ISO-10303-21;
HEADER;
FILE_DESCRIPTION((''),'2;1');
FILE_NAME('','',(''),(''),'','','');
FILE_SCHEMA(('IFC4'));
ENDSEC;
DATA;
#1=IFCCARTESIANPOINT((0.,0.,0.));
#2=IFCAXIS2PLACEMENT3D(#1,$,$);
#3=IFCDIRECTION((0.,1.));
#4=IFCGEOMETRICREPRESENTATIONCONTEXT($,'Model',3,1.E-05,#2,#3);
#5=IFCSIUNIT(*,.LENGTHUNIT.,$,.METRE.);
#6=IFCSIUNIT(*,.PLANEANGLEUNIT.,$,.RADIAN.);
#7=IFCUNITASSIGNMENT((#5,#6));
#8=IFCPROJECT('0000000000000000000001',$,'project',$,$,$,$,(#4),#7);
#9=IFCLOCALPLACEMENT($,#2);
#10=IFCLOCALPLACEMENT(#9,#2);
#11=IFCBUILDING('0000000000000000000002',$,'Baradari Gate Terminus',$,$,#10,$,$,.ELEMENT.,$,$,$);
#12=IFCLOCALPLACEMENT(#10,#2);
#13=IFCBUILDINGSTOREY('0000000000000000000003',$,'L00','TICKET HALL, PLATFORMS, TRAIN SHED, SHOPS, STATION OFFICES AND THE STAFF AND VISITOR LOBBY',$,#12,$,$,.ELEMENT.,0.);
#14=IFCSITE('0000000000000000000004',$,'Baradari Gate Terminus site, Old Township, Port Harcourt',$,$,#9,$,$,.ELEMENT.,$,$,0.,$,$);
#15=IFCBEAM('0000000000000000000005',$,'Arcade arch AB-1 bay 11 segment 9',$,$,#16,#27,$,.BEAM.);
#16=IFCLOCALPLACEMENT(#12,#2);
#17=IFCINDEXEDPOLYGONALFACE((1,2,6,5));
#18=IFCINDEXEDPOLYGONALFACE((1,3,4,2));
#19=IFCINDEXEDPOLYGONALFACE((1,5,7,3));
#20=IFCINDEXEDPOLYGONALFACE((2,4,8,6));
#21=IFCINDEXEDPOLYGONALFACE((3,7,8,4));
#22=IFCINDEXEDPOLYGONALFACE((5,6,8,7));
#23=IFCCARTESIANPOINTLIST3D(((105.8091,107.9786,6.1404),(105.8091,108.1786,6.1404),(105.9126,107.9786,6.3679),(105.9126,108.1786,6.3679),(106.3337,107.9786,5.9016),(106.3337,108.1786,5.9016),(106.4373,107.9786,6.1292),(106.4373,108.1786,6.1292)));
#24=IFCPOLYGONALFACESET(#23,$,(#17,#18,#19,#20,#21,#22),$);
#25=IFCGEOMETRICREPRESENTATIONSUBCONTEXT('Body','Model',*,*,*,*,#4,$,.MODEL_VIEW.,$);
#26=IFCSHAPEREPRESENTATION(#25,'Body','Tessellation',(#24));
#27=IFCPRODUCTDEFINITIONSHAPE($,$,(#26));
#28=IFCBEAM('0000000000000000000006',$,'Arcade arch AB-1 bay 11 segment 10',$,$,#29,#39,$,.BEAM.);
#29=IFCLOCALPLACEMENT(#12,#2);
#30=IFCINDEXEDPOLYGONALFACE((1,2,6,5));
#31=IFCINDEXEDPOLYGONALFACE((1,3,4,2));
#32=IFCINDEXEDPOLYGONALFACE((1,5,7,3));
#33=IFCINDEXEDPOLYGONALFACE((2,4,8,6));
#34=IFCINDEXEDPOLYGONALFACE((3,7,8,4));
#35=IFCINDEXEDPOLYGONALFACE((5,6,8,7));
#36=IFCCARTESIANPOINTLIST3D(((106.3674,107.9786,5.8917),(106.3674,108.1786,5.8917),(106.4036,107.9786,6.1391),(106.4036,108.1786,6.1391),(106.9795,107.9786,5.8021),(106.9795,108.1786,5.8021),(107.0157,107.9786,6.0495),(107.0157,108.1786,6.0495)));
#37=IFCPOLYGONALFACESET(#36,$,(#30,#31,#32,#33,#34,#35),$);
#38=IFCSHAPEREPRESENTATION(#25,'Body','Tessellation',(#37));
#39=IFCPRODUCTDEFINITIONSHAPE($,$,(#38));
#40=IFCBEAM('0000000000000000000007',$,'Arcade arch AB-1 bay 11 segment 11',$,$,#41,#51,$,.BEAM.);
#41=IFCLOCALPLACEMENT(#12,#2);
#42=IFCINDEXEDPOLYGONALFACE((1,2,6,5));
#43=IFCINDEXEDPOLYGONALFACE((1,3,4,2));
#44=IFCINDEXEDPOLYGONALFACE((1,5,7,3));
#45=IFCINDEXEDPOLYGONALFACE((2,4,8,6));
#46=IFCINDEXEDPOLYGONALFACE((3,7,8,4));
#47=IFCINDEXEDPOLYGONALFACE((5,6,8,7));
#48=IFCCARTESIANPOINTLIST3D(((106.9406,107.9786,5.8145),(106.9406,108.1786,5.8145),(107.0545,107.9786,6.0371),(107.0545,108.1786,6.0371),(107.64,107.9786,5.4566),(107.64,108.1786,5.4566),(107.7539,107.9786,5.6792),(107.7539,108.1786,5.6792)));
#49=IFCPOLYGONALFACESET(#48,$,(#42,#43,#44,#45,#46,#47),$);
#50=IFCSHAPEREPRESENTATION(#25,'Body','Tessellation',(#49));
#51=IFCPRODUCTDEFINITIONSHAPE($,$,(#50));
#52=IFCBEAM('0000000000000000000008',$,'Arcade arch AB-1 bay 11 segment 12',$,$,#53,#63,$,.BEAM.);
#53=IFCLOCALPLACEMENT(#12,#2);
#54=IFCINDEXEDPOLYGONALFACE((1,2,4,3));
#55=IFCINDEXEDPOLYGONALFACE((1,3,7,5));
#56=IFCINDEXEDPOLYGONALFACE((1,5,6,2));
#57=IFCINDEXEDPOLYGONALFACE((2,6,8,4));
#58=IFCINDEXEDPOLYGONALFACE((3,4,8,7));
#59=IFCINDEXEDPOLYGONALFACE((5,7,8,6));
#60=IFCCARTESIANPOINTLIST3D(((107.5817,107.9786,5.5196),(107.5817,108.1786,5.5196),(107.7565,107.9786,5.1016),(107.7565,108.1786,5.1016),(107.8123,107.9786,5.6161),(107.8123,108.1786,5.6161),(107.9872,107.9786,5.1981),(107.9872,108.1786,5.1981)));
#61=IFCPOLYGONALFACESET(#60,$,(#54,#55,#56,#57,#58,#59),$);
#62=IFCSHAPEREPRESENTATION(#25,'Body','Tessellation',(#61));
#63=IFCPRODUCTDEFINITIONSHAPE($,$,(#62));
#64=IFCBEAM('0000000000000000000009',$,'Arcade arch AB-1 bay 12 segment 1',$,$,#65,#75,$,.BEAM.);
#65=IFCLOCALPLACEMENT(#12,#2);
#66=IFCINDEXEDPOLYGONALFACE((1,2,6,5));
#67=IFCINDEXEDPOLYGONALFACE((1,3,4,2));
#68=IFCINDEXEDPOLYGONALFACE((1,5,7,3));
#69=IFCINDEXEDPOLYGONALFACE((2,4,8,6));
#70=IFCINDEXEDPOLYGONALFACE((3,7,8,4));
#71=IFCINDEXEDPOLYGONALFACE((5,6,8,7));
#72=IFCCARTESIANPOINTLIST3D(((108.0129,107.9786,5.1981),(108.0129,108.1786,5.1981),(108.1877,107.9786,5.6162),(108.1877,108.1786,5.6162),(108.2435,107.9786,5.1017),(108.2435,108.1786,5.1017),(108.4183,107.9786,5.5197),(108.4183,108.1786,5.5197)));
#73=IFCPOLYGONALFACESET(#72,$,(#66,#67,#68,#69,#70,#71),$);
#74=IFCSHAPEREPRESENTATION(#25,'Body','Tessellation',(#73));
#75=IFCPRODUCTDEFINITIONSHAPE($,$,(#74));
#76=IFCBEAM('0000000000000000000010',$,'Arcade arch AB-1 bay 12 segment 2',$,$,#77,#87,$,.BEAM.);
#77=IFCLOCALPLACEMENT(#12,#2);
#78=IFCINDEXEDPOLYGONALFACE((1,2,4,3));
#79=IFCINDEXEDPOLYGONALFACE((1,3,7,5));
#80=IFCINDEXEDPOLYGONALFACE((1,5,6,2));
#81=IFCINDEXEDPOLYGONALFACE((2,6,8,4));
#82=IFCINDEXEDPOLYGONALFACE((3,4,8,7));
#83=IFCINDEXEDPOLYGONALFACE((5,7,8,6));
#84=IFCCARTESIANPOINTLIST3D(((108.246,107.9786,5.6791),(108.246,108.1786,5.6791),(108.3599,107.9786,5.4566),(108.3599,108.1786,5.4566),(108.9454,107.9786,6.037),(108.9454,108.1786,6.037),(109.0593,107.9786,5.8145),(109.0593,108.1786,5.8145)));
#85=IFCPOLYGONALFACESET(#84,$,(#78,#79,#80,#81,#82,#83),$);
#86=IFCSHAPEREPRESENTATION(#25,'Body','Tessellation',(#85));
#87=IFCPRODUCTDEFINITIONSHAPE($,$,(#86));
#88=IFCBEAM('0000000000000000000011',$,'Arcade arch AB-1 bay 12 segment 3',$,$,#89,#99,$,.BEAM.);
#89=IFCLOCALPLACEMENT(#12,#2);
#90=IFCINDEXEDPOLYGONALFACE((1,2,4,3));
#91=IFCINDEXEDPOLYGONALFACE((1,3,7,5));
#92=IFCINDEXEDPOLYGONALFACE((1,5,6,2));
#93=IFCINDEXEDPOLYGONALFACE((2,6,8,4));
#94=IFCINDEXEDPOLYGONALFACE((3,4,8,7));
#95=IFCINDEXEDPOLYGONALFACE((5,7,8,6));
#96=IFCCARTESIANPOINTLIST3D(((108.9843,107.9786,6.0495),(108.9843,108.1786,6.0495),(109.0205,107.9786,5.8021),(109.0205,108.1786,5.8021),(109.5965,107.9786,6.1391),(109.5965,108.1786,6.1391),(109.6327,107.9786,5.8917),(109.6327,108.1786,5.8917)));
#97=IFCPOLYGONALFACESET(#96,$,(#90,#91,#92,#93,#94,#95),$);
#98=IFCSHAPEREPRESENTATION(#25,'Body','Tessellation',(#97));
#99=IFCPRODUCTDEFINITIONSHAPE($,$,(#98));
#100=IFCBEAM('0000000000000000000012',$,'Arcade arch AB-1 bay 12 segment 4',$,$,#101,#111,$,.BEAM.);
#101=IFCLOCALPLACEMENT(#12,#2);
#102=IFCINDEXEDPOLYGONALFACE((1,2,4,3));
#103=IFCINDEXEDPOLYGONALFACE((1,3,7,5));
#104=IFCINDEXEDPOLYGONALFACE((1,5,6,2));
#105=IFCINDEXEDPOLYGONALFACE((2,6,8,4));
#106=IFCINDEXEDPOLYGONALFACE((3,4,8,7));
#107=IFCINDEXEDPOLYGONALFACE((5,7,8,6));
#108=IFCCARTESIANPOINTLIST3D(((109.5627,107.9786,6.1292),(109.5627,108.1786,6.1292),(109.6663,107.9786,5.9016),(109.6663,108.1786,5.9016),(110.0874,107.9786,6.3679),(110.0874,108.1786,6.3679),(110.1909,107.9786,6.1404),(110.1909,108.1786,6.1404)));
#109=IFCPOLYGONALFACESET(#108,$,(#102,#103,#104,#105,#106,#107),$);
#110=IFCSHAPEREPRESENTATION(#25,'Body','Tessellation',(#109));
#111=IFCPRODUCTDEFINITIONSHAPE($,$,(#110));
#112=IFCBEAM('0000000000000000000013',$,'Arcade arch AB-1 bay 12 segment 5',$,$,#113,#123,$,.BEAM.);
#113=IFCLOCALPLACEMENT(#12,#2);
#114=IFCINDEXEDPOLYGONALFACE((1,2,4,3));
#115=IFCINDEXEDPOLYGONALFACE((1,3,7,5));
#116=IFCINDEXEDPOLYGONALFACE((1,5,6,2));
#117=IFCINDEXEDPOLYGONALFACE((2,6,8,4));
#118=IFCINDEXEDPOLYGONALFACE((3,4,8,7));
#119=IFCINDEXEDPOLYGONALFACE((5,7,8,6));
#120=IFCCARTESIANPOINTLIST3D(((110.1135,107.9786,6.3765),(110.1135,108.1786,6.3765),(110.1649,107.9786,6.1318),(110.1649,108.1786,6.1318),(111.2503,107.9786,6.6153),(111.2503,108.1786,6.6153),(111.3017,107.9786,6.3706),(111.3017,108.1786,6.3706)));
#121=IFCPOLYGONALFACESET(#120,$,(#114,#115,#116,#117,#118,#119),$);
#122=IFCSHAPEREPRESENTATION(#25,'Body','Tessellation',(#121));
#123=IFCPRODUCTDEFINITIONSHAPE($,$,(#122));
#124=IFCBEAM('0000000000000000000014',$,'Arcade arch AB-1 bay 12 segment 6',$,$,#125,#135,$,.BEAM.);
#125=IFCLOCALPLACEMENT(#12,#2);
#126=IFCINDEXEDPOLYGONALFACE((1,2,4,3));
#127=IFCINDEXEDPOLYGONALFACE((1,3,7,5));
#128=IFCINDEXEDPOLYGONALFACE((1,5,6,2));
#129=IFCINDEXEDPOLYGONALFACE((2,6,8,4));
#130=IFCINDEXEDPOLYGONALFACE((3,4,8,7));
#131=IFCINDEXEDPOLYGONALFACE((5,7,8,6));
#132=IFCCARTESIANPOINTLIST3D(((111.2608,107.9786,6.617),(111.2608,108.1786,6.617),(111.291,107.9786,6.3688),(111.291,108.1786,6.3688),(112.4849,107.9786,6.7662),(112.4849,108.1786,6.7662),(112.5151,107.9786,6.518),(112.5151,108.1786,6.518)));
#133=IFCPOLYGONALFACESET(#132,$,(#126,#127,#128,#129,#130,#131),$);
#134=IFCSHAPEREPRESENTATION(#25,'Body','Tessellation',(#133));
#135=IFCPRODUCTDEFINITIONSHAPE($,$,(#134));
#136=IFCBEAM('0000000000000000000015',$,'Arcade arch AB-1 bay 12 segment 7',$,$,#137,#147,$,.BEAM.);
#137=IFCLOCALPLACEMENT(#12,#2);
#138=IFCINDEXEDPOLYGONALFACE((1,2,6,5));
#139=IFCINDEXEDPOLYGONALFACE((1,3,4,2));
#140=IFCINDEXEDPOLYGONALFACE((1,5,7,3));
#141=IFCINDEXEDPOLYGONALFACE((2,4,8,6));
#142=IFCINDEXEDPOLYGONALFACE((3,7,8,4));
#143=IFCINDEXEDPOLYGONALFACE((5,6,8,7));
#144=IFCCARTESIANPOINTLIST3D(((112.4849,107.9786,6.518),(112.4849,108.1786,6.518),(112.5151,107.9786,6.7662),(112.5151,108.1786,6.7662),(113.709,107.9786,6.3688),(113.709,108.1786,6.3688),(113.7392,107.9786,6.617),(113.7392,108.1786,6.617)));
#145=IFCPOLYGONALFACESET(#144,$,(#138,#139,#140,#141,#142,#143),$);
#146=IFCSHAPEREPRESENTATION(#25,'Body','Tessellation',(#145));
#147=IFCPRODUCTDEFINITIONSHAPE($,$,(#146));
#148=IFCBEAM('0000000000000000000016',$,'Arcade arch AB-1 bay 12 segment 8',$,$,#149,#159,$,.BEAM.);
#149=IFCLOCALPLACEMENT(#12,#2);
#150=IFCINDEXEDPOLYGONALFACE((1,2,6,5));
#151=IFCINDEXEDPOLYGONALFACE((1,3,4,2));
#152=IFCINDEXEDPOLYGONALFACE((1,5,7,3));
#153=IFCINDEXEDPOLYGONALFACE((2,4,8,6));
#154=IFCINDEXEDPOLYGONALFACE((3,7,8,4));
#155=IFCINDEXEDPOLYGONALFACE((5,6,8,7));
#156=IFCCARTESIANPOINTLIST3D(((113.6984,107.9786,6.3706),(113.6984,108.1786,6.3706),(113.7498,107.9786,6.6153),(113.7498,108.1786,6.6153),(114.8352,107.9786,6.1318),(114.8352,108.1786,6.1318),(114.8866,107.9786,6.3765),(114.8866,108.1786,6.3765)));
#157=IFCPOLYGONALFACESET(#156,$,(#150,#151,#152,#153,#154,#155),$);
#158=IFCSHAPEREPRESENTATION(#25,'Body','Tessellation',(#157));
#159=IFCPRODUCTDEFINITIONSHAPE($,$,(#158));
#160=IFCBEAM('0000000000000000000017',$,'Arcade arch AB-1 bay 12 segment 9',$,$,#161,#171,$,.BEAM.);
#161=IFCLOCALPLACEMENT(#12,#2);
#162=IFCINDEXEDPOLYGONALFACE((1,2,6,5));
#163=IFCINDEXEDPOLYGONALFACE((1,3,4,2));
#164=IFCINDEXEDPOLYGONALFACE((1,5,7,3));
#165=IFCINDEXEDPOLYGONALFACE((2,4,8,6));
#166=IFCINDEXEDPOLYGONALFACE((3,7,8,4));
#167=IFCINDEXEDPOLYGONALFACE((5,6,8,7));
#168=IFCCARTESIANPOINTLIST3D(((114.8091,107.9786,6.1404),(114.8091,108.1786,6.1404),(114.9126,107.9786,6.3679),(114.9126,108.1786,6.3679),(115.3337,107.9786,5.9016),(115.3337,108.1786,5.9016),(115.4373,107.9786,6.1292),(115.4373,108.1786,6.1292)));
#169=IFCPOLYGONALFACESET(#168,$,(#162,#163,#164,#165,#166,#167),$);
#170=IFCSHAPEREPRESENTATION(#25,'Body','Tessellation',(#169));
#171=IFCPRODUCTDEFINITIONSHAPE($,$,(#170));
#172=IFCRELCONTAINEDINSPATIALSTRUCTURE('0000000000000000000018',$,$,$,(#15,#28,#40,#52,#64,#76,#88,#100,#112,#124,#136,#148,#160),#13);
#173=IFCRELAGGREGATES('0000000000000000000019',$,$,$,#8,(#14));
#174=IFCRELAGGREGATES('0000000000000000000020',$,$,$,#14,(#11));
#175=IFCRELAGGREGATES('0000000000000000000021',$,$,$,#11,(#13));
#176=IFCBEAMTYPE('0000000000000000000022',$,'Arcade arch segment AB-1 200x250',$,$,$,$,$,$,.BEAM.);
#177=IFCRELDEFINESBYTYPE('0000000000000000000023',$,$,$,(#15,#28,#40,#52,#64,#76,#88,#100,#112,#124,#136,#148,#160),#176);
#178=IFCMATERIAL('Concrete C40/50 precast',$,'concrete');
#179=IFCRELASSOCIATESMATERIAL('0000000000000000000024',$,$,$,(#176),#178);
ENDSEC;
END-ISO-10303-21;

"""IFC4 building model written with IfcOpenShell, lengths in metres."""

from ifc_helpers import new_model, si_unit, direction, frame, origin, origin_2d, place, context, subcontext, project, spatial, rectangle, extrude, material, material_profile, profile_set, type_object, element, save


model = new_model("IFC4")

# Units and contexts
model_context = context("Model", 3, precision=1e-05, world=origin(), true_north=direction((0.0, 1.0)))
body_context = subcontext(model_context, "Body", "Model", "MODEL_VIEW")
ifc_project = project(units=[si_unit("LENGTHUNIT", "METRE"), si_unit("PLANEANGLEUNIT", "RADIAN")], contexts=[model_context])

# Site, building, storey
site_placement = place(None, origin())
site = spatial("IfcSite", under=ifc_project, at=site_placement, Name="Baradari Gate Terminus site, Old Township, Port Harcourt", CompositionType="ELEMENT", RefElevation=0.0)
building_placement = place(site_placement, origin())
building = spatial("IfcBuilding", under=site, at=building_placement, Name="Baradari Gate Terminus", CompositionType="ELEMENT")
storey_placement = place(building_placement, origin())
storey = spatial("IfcBuildingStorey", under=building, at=storey_placement, Name="L00", Description="TICKET HALL, PLATFORMS, TRAIN SHED, SHOPS, STATION OFFICES AND THE STAFF AND VISITOR LOBBY", CompositionType="ELEMENT", Elevation=0.0)

# Beams
ifc_material_1 = material(Name="Concrete C40/50 precast", Category="concrete")
ifc_material_profile_1 = material_profile(ifc_material_1, rectangle(XDim=0.2, YDim=0.25, at=origin_2d()), Name="AB-1 200X250")
ifc_profile_set_1 = profile_set([ifc_material_profile_1], Name="Concrete C40/50 precast")
beam_type = type_object("IfcBeamType", Name="Arcade arch segment AB-1 200x250", PredefinedType="BEAM", material=ifc_profile_set_1)
beam_1_placement = place(storey_placement, frame((105.8608, 108.0786, 6.2542), z_axis=(0.910178, 0.0, -0.414218), x_axis=(0.0, 1.0, 0.0)))
element("IfcBeam", 1, at=beam_1_placement, inside=storey, type_object=beam_type, Name="Arcade arch AB-1 bay 11 segment 9", PredefinedType="BEAM", context=body_context, shape_type="SweptSolid", body=[
    extrude(rectangle(XDim=0.2, YDim=0.25, at=origin_2d()), origin(), (0.0, 0.0, 1.0), 0.5764),
])
beam_2_placement = place(storey_placement, frame((106.3855, 108.0786, 6.0154), z_axis=(0.989454, 0.0, -0.144846), x_axis=(0.0, 1.0, 0.0)))
element("IfcBeam", 2, at=beam_2_placement, inside=storey, type_object=beam_type, Name="Arcade arch AB-1 bay 11 segment 10", PredefinedType="BEAM", context=body_context, shape_type="SweptSolid", body=[
    extrude(rectangle(XDim=0.2, YDim=0.25, at=origin_2d()), origin(), (0.0, 0.0, 1.0), 0.6187),
])
beam_3_placement = place(storey_placement, frame((106.9976, 108.0786, 5.9258), z_axis=(0.890225, 0.0, -0.455522), x_axis=(0.0, 1.0, 0.0)))
element("IfcBeam", 3, at=beam_3_placement, inside=storey, type_object=beam_type, Name="Arcade arch AB-1 bay 11 segment 11", PredefinedType="BEAM", context=body_context, shape_type="SweptSolid", body=[
    extrude(rectangle(XDim=0.2, YDim=0.25, at=origin_2d()), origin(), (0.0, 0.0, 1.0), 0.7856),
])
for number, where, z_axis, x_axis, name in (
    (4, (107.697, 108.0786, 5.5679), (0.385839, 0.0, -0.922566), (0.0, 1.0, 0.0), "Arcade arch AB-1 bay 11 segment 12"),
    (5, (108.1282, 108.0786, 5.1499), (0.385839, 0.0, 0.922566), (0.0, 1.0, 0.0), "Arcade arch AB-1 bay 12 segment 1"),
):
    element("IfcBeam", number, at=place(storey_placement, frame(where, z_axis=z_axis, x_axis=x_axis)), inside=storey, type_object=beam_type, Name=name, PredefinedType="BEAM", context=body_context, shape_type="SweptSolid", body=[
        extrude(rectangle(XDim=0.2, YDim=0.25, at=origin_2d()), origin(), (0.0, 0.0, 1.0), 0.4531),
    ])
beam_4_placement = place(storey_placement, frame((108.303, 108.0786, 5.5679), z_axis=(0.890225, 0.0, 0.455522), x_axis=(0.0, 1.0, 0.0)))
element("IfcBeam", 6, at=beam_4_placement, inside=storey, type_object=beam_type, Name="Arcade arch AB-1 bay 12 segment 2", PredefinedType="BEAM", context=body_context, shape_type="SweptSolid", body=[
    extrude(rectangle(XDim=0.2, YDim=0.25, at=origin_2d()), origin(), (0.0, 0.0, 1.0), 0.7856),
])
beam_5_placement = place(storey_placement, frame((109.0024, 108.0786, 5.9258), z_axis=(0.989454, 0.0, 0.144846), x_axis=(0.0, 1.0, 0.0)))
element("IfcBeam", 7, at=beam_5_placement, inside=storey, type_object=beam_type, Name="Arcade arch AB-1 bay 12 segment 3", PredefinedType="BEAM", context=body_context, shape_type="SweptSolid", body=[
    extrude(rectangle(XDim=0.2, YDim=0.25, at=origin_2d()), origin(), (0.0, 0.0, 1.0), 0.6187),
])
beam_6_placement = place(storey_placement, frame((109.6145, 108.0786, 6.0154), z_axis=(0.910178, 0.0, 0.414218), x_axis=(0.0, 1.0, 0.0)))
element("IfcBeam", 8, at=beam_6_placement, inside=storey, type_object=beam_type, Name="Arcade arch AB-1 bay 12 segment 4", PredefinedType="BEAM", context=body_context, shape_type="SweptSolid", body=[
    extrude(rectangle(XDim=0.2, YDim=0.25, at=origin_2d()), origin(), (0.0, 0.0, 1.0), 0.5764),
])
beam_7_placement = place(storey_placement, frame((110.1392, 108.0786, 6.2542), z_axis=(0.978643, 0.0, 0.205566), x_axis=(0.0, 1.0, 0.0)))
element("IfcBeam", 9, at=beam_7_placement, inside=storey, type_object=beam_type, Name="Arcade arch AB-1 bay 12 segment 5", PredefinedType="BEAM", context=body_context, shape_type="SweptSolid", body=[
    extrude(rectangle(XDim=0.2, YDim=0.25, at=origin_2d()), origin(), (0.0, 0.0, 1.0), 1.1616),
])
for number, where, z_axis, x_axis, name in (
    (10, (111.2759, 108.0786, 6.4929), (0.992657, 0.0, 0.120964), (0.0, 1.0, 0.0), "Arcade arch AB-1 bay 12 segment 6"),
    (11, (112.5, 108.0786, 6.6421), (0.992657, 0.0, -0.120964), (0.0, 1.0, 0.0), "Arcade arch AB-1 bay 12 segment 7"),
):
    element("IfcBeam", number, at=place(storey_placement, frame(where, z_axis=z_axis, x_axis=x_axis)), inside=storey, type_object=beam_type, Name=name, PredefinedType="BEAM", context=body_context, shape_type="SweptSolid", body=[
        extrude(rectangle(XDim=0.2, YDim=0.25, at=origin_2d()), origin(), (0.0, 0.0, 1.0), 1.2332),
    ])
beam_8_placement = place(storey_placement, frame((113.7241, 108.0786, 6.4929), z_axis=(0.978643, 0.0, -0.205566), x_axis=(0.0, 1.0, 0.0)))
element("IfcBeam", 12, at=beam_8_placement, inside=storey, type_object=beam_type, Name="Arcade arch AB-1 bay 12 segment 8", PredefinedType="BEAM", context=body_context, shape_type="SweptSolid", body=[
    extrude(rectangle(XDim=0.2, YDim=0.25, at=origin_2d()), origin(), (0.0, 0.0, 1.0), 1.1616),
])
beam_9_placement = place(storey_placement, frame((114.8608, 108.0786, 6.2542), z_axis=(0.910178, 0.0, -0.414218), x_axis=(0.0, 1.0, 0.0)))
element("IfcBeam", 13, at=beam_9_placement, inside=storey, type_object=beam_type, Name="Arcade arch AB-1 bay 12 segment 9", PredefinedType="BEAM", context=body_context, shape_type="SweptSolid", body=[
    extrude(rectangle(XDim=0.2, YDim=0.25, at=origin_2d()), origin(), (0.0, 0.0, 1.0), 0.5764),
])

save(model, "model.ifc")
